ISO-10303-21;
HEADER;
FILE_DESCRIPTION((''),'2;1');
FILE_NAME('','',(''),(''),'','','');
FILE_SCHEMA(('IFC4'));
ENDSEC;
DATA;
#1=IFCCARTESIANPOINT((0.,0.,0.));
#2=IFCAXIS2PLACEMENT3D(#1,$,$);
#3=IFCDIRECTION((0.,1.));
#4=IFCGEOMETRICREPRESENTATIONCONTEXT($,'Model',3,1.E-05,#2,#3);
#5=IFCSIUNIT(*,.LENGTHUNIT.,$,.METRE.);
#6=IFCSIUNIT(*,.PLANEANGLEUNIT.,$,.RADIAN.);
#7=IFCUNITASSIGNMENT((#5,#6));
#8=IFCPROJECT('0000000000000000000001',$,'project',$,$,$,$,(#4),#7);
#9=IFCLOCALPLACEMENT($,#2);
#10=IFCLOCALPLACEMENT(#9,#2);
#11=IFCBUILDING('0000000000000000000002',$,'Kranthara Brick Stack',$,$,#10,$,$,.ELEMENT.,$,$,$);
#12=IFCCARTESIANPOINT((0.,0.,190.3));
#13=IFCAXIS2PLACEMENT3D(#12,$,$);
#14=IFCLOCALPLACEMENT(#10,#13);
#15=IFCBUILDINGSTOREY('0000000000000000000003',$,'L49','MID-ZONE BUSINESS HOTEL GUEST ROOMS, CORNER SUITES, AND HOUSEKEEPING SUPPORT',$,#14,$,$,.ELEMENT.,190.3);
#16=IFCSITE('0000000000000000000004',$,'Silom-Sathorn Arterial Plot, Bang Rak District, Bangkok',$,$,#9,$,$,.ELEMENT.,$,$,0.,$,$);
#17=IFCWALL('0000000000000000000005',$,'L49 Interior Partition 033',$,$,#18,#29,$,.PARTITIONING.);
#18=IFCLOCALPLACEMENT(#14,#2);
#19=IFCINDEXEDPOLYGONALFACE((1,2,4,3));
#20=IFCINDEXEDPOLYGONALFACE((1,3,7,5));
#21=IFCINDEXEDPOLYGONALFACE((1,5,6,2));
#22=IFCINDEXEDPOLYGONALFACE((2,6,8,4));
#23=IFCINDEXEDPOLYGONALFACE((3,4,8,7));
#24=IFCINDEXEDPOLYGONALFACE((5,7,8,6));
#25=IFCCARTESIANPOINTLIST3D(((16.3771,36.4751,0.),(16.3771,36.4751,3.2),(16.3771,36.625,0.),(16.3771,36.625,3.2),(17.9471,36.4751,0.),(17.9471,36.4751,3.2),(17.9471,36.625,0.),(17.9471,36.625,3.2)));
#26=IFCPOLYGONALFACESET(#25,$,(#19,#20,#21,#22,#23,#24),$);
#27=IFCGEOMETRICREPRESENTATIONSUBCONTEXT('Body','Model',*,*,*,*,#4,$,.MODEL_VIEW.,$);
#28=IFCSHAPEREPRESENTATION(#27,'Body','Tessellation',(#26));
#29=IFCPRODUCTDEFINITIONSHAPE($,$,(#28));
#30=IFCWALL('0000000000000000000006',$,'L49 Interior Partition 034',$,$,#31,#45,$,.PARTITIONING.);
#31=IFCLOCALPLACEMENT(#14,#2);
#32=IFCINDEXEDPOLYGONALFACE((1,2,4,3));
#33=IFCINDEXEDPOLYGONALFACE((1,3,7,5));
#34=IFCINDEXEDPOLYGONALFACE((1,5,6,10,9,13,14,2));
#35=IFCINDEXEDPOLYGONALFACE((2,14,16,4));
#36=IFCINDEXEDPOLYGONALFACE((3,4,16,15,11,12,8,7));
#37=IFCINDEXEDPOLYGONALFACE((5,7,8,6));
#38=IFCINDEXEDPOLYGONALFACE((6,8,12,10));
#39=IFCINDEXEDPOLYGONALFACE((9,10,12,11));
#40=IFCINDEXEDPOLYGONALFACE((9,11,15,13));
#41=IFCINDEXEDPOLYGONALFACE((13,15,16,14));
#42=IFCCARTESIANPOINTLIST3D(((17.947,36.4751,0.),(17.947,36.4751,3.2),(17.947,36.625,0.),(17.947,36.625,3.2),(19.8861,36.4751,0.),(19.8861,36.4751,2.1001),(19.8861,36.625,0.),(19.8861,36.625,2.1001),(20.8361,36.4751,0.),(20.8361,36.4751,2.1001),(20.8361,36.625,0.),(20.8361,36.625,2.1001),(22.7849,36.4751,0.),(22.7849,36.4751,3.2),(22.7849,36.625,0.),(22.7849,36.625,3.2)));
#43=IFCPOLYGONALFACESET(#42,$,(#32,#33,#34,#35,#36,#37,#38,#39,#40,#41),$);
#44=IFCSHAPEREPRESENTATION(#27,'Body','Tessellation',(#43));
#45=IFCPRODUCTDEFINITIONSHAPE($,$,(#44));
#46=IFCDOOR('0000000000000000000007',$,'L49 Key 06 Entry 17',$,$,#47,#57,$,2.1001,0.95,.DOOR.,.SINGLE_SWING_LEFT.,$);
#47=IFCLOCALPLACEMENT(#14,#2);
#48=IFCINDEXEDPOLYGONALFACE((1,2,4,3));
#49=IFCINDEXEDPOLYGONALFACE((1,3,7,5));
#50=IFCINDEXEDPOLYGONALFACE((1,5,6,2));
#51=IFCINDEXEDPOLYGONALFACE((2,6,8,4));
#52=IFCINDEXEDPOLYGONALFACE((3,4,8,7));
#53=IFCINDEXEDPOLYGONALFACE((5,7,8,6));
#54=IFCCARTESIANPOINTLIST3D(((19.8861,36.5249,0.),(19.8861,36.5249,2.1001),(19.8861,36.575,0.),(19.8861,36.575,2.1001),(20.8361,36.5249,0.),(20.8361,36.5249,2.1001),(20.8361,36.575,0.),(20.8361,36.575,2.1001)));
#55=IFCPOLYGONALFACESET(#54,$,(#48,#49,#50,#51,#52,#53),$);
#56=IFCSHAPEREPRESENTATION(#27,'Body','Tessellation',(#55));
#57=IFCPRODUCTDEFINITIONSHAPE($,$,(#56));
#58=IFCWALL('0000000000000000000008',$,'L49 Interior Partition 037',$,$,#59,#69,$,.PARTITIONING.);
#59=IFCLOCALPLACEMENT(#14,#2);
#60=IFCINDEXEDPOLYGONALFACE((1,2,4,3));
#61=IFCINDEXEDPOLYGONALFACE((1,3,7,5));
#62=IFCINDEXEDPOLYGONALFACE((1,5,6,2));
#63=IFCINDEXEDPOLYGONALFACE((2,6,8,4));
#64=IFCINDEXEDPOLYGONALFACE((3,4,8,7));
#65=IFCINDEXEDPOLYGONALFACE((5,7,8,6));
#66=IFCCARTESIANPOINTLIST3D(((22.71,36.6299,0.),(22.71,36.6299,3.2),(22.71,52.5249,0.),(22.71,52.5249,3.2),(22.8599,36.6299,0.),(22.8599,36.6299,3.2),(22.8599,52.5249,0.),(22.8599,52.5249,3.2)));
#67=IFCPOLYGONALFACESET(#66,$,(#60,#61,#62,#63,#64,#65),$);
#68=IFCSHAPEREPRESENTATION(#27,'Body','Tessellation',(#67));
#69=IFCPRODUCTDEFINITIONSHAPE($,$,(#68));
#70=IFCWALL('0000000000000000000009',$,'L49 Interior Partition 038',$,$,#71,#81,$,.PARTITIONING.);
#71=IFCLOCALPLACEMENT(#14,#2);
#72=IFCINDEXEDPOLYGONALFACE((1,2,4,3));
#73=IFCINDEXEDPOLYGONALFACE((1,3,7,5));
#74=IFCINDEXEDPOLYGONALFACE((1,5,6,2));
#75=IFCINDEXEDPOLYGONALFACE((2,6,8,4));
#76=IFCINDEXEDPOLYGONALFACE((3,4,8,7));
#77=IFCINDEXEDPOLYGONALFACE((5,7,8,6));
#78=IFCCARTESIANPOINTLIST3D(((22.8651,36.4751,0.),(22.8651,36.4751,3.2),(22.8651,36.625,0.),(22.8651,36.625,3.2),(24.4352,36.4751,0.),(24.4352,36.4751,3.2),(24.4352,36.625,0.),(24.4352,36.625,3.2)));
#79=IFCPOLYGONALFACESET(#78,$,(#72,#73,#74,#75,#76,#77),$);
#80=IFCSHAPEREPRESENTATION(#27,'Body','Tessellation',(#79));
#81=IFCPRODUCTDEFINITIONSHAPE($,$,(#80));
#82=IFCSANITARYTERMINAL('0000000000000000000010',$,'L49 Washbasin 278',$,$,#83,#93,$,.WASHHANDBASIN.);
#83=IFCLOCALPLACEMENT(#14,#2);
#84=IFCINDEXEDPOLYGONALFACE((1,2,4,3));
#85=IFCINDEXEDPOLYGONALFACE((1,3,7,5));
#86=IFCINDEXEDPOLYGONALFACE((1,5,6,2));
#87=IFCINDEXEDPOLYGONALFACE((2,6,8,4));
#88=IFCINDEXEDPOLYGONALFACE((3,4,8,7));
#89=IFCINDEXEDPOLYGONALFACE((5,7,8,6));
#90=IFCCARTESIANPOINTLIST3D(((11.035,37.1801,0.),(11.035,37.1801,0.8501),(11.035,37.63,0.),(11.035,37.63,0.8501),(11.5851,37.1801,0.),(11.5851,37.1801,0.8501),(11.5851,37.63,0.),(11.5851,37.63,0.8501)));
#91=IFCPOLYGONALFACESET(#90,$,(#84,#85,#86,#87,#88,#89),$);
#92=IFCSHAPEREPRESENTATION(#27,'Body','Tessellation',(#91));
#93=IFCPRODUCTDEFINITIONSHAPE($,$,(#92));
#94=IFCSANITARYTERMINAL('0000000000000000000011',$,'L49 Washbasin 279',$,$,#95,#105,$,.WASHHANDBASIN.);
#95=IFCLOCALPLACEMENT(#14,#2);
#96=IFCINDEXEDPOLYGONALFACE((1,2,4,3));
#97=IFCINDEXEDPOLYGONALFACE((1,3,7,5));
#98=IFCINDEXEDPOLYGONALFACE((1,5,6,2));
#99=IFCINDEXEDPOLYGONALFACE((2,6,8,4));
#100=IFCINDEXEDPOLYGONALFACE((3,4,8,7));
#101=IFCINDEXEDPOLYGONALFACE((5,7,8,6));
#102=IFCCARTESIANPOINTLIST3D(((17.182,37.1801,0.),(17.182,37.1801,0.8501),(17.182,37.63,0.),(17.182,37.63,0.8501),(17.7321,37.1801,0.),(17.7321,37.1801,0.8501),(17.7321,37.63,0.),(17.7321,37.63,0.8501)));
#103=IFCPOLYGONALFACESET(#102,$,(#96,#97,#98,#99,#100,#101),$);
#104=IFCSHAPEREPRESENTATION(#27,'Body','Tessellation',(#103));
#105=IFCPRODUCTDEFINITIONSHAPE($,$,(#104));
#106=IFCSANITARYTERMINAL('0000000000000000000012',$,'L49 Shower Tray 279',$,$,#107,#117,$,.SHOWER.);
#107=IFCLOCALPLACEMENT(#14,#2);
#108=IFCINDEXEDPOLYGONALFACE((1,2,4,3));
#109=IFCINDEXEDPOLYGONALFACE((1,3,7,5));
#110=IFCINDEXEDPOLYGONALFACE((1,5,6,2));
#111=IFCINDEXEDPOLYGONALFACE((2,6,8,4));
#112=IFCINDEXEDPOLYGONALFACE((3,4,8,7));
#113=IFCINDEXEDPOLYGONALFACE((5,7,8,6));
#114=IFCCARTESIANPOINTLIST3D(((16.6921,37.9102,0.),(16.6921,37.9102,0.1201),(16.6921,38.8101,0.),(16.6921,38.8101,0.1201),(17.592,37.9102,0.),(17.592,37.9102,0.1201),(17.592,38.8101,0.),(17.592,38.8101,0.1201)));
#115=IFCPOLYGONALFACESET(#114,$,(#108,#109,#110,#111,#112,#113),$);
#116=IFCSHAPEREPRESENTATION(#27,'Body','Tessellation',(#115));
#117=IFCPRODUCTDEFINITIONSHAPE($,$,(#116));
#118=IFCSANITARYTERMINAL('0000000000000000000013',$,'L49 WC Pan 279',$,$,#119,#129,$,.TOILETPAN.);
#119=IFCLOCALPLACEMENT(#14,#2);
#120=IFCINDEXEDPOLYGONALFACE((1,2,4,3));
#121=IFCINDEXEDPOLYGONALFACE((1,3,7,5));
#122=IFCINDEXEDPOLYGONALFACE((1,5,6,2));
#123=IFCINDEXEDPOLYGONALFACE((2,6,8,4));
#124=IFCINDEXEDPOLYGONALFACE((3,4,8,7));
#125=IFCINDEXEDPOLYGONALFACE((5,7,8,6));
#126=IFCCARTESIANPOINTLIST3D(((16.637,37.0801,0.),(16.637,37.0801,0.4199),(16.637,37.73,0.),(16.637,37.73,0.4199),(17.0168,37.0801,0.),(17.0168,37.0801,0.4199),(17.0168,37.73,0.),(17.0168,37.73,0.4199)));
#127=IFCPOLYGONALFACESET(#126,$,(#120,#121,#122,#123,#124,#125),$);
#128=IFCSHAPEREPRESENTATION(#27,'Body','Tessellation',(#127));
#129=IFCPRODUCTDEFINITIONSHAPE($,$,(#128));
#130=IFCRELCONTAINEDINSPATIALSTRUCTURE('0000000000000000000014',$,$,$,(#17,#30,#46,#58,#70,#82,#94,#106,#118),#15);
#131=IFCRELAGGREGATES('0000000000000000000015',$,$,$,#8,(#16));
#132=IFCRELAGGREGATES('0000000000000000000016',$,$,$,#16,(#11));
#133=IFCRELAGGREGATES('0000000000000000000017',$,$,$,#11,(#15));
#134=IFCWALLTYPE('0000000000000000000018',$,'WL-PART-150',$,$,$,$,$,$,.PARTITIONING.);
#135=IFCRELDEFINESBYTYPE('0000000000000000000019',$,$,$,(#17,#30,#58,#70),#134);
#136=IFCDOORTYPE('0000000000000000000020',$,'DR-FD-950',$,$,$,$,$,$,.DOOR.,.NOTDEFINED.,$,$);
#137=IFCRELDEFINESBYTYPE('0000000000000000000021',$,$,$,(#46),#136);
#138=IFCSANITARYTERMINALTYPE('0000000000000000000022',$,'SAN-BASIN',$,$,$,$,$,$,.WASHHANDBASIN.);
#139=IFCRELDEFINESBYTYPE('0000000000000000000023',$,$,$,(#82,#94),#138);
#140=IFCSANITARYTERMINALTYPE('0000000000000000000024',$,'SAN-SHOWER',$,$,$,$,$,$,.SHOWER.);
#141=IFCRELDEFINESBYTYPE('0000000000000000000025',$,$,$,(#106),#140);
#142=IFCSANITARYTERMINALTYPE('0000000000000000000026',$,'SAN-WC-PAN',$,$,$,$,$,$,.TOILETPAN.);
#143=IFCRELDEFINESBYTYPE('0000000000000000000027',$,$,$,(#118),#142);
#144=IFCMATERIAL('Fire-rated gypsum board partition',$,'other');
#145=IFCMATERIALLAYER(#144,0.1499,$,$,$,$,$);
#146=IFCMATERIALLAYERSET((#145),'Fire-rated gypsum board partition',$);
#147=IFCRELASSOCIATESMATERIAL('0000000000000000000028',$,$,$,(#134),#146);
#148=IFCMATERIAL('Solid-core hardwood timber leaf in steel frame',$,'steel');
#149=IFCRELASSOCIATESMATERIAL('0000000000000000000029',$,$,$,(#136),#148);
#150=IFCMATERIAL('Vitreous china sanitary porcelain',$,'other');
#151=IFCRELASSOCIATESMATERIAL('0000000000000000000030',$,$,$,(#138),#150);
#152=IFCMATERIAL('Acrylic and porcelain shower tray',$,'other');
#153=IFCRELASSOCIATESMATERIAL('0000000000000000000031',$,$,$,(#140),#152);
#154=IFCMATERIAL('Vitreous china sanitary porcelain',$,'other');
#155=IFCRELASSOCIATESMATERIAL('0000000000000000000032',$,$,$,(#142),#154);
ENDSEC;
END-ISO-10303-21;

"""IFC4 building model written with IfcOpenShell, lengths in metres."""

from ifc_helpers import new_model, si_unit, direction, frame, frame_2d, origin, origin_2d, place, context, subcontext, project, spatial, rectangle, extrude, material, layer, layer_set, type_object, element, fill, save


model = new_model("IFC4")

# Units and contexts
model_context = context("Model", 3, precision=1e-05, world=origin(), true_north=direction((0.0, 1.0)))
body_context = subcontext(model_context, "Body", "Model", "MODEL_VIEW")
ifc_project = project(units=[si_unit("LENGTHUNIT", "METRE"), si_unit("PLANEANGLEUNIT", "RADIAN")], contexts=[model_context])

# Site, building, storey
site_placement = place(None, origin())
site = spatial("IfcSite", under=ifc_project, at=site_placement, Name="Silom-Sathorn Arterial Plot, Bang Rak District, Bangkok", CompositionType="ELEMENT", RefElevation=0.0)
building_placement = place(site_placement, origin())
building = spatial("IfcBuilding", under=site, at=building_placement, Name="Kranthara Brick Stack", CompositionType="ELEMENT")
storey_placement = place(building_placement, frame((0.0, 0.0, 190.3)))
storey = spatial("IfcBuildingStorey", under=building, at=storey_placement, Name="L49", Description="MID-ZONE BUSINESS HOTEL GUEST ROOMS, CORNER SUITES, AND HOUSEKEEPING SUPPORT", CompositionType="ELEMENT", Elevation=190.3)

# Shared definitions
ifc_material_1 = material(Name="Fire-rated gypsum board partition", Category="other")
ifc_layer_1 = layer(ifc_material_1, 0.1499)
ifc_layer_set_1 = layer_set([ifc_layer_1], Name="Fire-rated gypsum board partition")
wall_type_1 = type_object("IfcWallType", Name="WL-PART-150", PredefinedType="PARTITIONING", material=ifc_layer_set_1)
ifc_material_2 = material(Name="Solid-core hardwood timber leaf in steel frame", Category="steel")
door_type_1 = type_object("IfcDoorType", Name="DR-FD-950", OperationType="NOTDEFINED", PredefinedType="DOOR", material=ifc_material_2)

# Wall
wall_1_placement = place(storey_placement, frame((16.377, 36.55, 0.0), z_axis=(0.0, 0.0, 1.0), x_axis=(1.0, 0.0, 0.0)))
element("IfcWall", 1, at=wall_1_placement, inside=storey, type_object=wall_type_1, Name="L49 Interior Partition 033", PredefinedType="PARTITIONING", context=body_context, shape_type="SweptSolid", body=[
    extrude(rectangle(XDim=1.5701, YDim=0.1499, at=frame_2d((0.7852, 0.0))), origin(), (0.0, 0.0, 1.0), 3.2),
])

# Wall, opening, door
wall_2_placement = place(storey_placement, frame((17.947, 36.55, 0.0), z_axis=(0.0, 0.0, 1.0), x_axis=(1.0, 0.0, 0.0)))
wall_2 = element("IfcWall", 2, at=wall_2_placement, inside=storey, type_object=wall_type_1, Name="L49 Interior Partition 034", PredefinedType="PARTITIONING", context=body_context, shape_type="SweptSolid", body=[
    extrude(rectangle(XDim=4.8379, YDim=0.1499, at=frame_2d((2.4189, 0.0))), origin(), (0.0, 0.0, 1.0), 3.2),
])
opening_1_placement = place(wall_2_placement, frame((1.939, 0.0, 0.0)))
opening_1 = element("IfcOpeningElement", 3, at=opening_1_placement, cuts=wall_2, PredefinedType="OPENING", context=body_context, shape_type="SweptSolid", body=[
    extrude(rectangle(XDim=0.95, YDim=2.1001, at=frame_2d((0.4751, 1.05))), frame((0.0, 0.085, 0.0), z_axis=(0.0, -1.0, 0.0), x_axis=(1.0, 0.0, 0.0)), (0.0, 0.0, 1.0), 0.1699),
])
door_1_placement = place(opening_1_placement, origin())
door_1 = element("IfcDoor", 4, at=door_1_placement, inside=storey, type_object=door_type_1, Name="L49 Key 06 Entry 17", OperationType="SINGLE_SWING_LEFT", OverallHeight=2.1001, OverallWidth=0.95, PredefinedType="DOOR", context=body_context, shape_type="SweptSolid", body=[
    extrude(rectangle(XDim=0.95, YDim=2.1001, at=frame_2d((0.4751, 1.05))), frame((0.0, 0.0249, 0.0), z_axis=(0.0, -1.0, 0.0), x_axis=(1.0, 0.0, 0.0)), (0.0, 0.0, 1.0), 0.05),
])
fill(opening_1, door_1)

# Walls
wall_3_placement = place(storey_placement, frame((22.7849, 36.6299, 0.0), z_axis=(0.0, 0.0, 1.0), x_axis=(0.0, 1.0, 0.0)))
element("IfcWall", 5, at=wall_3_placement, inside=storey, type_object=wall_type_1, Name="L49 Interior Partition 037", PredefinedType="PARTITIONING", context=body_context, shape_type="SweptSolid", body=[
    extrude(rectangle(XDim=15.895, YDim=0.1499, at=frame_2d((7.9475, 0.0))), origin(), (0.0, 0.0, 1.0), 3.2),
])
wall_4_placement = place(storey_placement, frame((22.865, 36.55, 0.0), z_axis=(0.0, 0.0, 1.0), x_axis=(1.0, 0.0, 0.0)))
element("IfcWall", 6, at=wall_4_placement, inside=storey, type_object=wall_type_1, Name="L49 Interior Partition 038", PredefinedType="PARTITIONING", context=body_context, shape_type="SweptSolid", body=[
    extrude(rectangle(XDim=1.5701, YDim=0.1499, at=frame_2d((0.7852, 0.0))), origin(), (0.0, 0.0, 1.0), 3.2),
])

# Sanitary terminals
ifc_material_3 = material(Name="Vitreous china sanitary porcelain", Category="other")
sanitary_terminal_type_1 = type_object("IfcSanitaryTerminalType", Name="SAN-BASIN", PredefinedType="WASHHANDBASIN", material=ifc_material_3)
for number, where, z_axis, x_axis, name in (
    (7, (11.3101, 37.405, 0.0), (0.0, 0.0, 1.0), (1.0, 0.0, 0.0), "L49 Washbasin 278"),
    (8, (17.457, 37.405, 0.0), (0.0, 0.0, 1.0), (1.0, 0.0, 0.0), "L49 Washbasin 279"),
):
    element("IfcSanitaryTerminal", number, at=place(storey_placement, frame(where, z_axis=z_axis, x_axis=x_axis)), inside=storey, type_object=sanitary_terminal_type_1, Name=name, PredefinedType="WASHHANDBASIN", context=body_context, shape_type="SweptSolid", body=[
        extrude(rectangle(XDim=0.55, YDim=0.45, at=origin_2d()), origin(), (0.0, 0.0, 1.0), 0.8501),
    ])
ifc_material_4 = material(Name="Acrylic and porcelain shower tray", Category="other")
sanitary_terminal_type_2 = type_object("IfcSanitaryTerminalType", Name="SAN-SHOWER", PredefinedType="SHOWER", material=ifc_material_4)
sanitary_terminal_1_placement = place(storey_placement, frame((17.1421, 38.3601, 0.0), z_axis=(0.0, 0.0, 1.0), x_axis=(1.0, 0.0, 0.0)))
element("IfcSanitaryTerminal", 9, at=sanitary_terminal_1_placement, inside=storey, type_object=sanitary_terminal_type_2, Name="L49 Shower Tray 279", PredefinedType="SHOWER", context=body_context, shape_type="SweptSolid", body=[
    extrude(rectangle(XDim=0.8999, YDim=0.8999, at=origin_2d()), origin(), (0.0, 0.0, 1.0), 0.1201),
])
ifc_material_5 = material(Name="Vitreous china sanitary porcelain", Category="other")
sanitary_terminal_type_3 = type_object("IfcSanitaryTerminalType", Name="SAN-WC-PAN", PredefinedType="TOILETPAN", material=ifc_material_5)
sanitary_terminal_2_placement = place(storey_placement, frame((16.8269, 37.405, 0.0), z_axis=(0.0, 0.0, 1.0), x_axis=(1.0, 0.0, 0.0)))
element("IfcSanitaryTerminal", 10, at=sanitary_terminal_2_placement, inside=storey, type_object=sanitary_terminal_type_3, Name="L49 WC Pan 279", PredefinedType="TOILETPAN", context=body_context, shape_type="SweptSolid", body=[
    extrude(rectangle(XDim=0.3799, YDim=0.6499, at=origin_2d()), origin(), (0.0, 0.0, 1.0), 0.4199),
])

save(model, "model.ifc")
